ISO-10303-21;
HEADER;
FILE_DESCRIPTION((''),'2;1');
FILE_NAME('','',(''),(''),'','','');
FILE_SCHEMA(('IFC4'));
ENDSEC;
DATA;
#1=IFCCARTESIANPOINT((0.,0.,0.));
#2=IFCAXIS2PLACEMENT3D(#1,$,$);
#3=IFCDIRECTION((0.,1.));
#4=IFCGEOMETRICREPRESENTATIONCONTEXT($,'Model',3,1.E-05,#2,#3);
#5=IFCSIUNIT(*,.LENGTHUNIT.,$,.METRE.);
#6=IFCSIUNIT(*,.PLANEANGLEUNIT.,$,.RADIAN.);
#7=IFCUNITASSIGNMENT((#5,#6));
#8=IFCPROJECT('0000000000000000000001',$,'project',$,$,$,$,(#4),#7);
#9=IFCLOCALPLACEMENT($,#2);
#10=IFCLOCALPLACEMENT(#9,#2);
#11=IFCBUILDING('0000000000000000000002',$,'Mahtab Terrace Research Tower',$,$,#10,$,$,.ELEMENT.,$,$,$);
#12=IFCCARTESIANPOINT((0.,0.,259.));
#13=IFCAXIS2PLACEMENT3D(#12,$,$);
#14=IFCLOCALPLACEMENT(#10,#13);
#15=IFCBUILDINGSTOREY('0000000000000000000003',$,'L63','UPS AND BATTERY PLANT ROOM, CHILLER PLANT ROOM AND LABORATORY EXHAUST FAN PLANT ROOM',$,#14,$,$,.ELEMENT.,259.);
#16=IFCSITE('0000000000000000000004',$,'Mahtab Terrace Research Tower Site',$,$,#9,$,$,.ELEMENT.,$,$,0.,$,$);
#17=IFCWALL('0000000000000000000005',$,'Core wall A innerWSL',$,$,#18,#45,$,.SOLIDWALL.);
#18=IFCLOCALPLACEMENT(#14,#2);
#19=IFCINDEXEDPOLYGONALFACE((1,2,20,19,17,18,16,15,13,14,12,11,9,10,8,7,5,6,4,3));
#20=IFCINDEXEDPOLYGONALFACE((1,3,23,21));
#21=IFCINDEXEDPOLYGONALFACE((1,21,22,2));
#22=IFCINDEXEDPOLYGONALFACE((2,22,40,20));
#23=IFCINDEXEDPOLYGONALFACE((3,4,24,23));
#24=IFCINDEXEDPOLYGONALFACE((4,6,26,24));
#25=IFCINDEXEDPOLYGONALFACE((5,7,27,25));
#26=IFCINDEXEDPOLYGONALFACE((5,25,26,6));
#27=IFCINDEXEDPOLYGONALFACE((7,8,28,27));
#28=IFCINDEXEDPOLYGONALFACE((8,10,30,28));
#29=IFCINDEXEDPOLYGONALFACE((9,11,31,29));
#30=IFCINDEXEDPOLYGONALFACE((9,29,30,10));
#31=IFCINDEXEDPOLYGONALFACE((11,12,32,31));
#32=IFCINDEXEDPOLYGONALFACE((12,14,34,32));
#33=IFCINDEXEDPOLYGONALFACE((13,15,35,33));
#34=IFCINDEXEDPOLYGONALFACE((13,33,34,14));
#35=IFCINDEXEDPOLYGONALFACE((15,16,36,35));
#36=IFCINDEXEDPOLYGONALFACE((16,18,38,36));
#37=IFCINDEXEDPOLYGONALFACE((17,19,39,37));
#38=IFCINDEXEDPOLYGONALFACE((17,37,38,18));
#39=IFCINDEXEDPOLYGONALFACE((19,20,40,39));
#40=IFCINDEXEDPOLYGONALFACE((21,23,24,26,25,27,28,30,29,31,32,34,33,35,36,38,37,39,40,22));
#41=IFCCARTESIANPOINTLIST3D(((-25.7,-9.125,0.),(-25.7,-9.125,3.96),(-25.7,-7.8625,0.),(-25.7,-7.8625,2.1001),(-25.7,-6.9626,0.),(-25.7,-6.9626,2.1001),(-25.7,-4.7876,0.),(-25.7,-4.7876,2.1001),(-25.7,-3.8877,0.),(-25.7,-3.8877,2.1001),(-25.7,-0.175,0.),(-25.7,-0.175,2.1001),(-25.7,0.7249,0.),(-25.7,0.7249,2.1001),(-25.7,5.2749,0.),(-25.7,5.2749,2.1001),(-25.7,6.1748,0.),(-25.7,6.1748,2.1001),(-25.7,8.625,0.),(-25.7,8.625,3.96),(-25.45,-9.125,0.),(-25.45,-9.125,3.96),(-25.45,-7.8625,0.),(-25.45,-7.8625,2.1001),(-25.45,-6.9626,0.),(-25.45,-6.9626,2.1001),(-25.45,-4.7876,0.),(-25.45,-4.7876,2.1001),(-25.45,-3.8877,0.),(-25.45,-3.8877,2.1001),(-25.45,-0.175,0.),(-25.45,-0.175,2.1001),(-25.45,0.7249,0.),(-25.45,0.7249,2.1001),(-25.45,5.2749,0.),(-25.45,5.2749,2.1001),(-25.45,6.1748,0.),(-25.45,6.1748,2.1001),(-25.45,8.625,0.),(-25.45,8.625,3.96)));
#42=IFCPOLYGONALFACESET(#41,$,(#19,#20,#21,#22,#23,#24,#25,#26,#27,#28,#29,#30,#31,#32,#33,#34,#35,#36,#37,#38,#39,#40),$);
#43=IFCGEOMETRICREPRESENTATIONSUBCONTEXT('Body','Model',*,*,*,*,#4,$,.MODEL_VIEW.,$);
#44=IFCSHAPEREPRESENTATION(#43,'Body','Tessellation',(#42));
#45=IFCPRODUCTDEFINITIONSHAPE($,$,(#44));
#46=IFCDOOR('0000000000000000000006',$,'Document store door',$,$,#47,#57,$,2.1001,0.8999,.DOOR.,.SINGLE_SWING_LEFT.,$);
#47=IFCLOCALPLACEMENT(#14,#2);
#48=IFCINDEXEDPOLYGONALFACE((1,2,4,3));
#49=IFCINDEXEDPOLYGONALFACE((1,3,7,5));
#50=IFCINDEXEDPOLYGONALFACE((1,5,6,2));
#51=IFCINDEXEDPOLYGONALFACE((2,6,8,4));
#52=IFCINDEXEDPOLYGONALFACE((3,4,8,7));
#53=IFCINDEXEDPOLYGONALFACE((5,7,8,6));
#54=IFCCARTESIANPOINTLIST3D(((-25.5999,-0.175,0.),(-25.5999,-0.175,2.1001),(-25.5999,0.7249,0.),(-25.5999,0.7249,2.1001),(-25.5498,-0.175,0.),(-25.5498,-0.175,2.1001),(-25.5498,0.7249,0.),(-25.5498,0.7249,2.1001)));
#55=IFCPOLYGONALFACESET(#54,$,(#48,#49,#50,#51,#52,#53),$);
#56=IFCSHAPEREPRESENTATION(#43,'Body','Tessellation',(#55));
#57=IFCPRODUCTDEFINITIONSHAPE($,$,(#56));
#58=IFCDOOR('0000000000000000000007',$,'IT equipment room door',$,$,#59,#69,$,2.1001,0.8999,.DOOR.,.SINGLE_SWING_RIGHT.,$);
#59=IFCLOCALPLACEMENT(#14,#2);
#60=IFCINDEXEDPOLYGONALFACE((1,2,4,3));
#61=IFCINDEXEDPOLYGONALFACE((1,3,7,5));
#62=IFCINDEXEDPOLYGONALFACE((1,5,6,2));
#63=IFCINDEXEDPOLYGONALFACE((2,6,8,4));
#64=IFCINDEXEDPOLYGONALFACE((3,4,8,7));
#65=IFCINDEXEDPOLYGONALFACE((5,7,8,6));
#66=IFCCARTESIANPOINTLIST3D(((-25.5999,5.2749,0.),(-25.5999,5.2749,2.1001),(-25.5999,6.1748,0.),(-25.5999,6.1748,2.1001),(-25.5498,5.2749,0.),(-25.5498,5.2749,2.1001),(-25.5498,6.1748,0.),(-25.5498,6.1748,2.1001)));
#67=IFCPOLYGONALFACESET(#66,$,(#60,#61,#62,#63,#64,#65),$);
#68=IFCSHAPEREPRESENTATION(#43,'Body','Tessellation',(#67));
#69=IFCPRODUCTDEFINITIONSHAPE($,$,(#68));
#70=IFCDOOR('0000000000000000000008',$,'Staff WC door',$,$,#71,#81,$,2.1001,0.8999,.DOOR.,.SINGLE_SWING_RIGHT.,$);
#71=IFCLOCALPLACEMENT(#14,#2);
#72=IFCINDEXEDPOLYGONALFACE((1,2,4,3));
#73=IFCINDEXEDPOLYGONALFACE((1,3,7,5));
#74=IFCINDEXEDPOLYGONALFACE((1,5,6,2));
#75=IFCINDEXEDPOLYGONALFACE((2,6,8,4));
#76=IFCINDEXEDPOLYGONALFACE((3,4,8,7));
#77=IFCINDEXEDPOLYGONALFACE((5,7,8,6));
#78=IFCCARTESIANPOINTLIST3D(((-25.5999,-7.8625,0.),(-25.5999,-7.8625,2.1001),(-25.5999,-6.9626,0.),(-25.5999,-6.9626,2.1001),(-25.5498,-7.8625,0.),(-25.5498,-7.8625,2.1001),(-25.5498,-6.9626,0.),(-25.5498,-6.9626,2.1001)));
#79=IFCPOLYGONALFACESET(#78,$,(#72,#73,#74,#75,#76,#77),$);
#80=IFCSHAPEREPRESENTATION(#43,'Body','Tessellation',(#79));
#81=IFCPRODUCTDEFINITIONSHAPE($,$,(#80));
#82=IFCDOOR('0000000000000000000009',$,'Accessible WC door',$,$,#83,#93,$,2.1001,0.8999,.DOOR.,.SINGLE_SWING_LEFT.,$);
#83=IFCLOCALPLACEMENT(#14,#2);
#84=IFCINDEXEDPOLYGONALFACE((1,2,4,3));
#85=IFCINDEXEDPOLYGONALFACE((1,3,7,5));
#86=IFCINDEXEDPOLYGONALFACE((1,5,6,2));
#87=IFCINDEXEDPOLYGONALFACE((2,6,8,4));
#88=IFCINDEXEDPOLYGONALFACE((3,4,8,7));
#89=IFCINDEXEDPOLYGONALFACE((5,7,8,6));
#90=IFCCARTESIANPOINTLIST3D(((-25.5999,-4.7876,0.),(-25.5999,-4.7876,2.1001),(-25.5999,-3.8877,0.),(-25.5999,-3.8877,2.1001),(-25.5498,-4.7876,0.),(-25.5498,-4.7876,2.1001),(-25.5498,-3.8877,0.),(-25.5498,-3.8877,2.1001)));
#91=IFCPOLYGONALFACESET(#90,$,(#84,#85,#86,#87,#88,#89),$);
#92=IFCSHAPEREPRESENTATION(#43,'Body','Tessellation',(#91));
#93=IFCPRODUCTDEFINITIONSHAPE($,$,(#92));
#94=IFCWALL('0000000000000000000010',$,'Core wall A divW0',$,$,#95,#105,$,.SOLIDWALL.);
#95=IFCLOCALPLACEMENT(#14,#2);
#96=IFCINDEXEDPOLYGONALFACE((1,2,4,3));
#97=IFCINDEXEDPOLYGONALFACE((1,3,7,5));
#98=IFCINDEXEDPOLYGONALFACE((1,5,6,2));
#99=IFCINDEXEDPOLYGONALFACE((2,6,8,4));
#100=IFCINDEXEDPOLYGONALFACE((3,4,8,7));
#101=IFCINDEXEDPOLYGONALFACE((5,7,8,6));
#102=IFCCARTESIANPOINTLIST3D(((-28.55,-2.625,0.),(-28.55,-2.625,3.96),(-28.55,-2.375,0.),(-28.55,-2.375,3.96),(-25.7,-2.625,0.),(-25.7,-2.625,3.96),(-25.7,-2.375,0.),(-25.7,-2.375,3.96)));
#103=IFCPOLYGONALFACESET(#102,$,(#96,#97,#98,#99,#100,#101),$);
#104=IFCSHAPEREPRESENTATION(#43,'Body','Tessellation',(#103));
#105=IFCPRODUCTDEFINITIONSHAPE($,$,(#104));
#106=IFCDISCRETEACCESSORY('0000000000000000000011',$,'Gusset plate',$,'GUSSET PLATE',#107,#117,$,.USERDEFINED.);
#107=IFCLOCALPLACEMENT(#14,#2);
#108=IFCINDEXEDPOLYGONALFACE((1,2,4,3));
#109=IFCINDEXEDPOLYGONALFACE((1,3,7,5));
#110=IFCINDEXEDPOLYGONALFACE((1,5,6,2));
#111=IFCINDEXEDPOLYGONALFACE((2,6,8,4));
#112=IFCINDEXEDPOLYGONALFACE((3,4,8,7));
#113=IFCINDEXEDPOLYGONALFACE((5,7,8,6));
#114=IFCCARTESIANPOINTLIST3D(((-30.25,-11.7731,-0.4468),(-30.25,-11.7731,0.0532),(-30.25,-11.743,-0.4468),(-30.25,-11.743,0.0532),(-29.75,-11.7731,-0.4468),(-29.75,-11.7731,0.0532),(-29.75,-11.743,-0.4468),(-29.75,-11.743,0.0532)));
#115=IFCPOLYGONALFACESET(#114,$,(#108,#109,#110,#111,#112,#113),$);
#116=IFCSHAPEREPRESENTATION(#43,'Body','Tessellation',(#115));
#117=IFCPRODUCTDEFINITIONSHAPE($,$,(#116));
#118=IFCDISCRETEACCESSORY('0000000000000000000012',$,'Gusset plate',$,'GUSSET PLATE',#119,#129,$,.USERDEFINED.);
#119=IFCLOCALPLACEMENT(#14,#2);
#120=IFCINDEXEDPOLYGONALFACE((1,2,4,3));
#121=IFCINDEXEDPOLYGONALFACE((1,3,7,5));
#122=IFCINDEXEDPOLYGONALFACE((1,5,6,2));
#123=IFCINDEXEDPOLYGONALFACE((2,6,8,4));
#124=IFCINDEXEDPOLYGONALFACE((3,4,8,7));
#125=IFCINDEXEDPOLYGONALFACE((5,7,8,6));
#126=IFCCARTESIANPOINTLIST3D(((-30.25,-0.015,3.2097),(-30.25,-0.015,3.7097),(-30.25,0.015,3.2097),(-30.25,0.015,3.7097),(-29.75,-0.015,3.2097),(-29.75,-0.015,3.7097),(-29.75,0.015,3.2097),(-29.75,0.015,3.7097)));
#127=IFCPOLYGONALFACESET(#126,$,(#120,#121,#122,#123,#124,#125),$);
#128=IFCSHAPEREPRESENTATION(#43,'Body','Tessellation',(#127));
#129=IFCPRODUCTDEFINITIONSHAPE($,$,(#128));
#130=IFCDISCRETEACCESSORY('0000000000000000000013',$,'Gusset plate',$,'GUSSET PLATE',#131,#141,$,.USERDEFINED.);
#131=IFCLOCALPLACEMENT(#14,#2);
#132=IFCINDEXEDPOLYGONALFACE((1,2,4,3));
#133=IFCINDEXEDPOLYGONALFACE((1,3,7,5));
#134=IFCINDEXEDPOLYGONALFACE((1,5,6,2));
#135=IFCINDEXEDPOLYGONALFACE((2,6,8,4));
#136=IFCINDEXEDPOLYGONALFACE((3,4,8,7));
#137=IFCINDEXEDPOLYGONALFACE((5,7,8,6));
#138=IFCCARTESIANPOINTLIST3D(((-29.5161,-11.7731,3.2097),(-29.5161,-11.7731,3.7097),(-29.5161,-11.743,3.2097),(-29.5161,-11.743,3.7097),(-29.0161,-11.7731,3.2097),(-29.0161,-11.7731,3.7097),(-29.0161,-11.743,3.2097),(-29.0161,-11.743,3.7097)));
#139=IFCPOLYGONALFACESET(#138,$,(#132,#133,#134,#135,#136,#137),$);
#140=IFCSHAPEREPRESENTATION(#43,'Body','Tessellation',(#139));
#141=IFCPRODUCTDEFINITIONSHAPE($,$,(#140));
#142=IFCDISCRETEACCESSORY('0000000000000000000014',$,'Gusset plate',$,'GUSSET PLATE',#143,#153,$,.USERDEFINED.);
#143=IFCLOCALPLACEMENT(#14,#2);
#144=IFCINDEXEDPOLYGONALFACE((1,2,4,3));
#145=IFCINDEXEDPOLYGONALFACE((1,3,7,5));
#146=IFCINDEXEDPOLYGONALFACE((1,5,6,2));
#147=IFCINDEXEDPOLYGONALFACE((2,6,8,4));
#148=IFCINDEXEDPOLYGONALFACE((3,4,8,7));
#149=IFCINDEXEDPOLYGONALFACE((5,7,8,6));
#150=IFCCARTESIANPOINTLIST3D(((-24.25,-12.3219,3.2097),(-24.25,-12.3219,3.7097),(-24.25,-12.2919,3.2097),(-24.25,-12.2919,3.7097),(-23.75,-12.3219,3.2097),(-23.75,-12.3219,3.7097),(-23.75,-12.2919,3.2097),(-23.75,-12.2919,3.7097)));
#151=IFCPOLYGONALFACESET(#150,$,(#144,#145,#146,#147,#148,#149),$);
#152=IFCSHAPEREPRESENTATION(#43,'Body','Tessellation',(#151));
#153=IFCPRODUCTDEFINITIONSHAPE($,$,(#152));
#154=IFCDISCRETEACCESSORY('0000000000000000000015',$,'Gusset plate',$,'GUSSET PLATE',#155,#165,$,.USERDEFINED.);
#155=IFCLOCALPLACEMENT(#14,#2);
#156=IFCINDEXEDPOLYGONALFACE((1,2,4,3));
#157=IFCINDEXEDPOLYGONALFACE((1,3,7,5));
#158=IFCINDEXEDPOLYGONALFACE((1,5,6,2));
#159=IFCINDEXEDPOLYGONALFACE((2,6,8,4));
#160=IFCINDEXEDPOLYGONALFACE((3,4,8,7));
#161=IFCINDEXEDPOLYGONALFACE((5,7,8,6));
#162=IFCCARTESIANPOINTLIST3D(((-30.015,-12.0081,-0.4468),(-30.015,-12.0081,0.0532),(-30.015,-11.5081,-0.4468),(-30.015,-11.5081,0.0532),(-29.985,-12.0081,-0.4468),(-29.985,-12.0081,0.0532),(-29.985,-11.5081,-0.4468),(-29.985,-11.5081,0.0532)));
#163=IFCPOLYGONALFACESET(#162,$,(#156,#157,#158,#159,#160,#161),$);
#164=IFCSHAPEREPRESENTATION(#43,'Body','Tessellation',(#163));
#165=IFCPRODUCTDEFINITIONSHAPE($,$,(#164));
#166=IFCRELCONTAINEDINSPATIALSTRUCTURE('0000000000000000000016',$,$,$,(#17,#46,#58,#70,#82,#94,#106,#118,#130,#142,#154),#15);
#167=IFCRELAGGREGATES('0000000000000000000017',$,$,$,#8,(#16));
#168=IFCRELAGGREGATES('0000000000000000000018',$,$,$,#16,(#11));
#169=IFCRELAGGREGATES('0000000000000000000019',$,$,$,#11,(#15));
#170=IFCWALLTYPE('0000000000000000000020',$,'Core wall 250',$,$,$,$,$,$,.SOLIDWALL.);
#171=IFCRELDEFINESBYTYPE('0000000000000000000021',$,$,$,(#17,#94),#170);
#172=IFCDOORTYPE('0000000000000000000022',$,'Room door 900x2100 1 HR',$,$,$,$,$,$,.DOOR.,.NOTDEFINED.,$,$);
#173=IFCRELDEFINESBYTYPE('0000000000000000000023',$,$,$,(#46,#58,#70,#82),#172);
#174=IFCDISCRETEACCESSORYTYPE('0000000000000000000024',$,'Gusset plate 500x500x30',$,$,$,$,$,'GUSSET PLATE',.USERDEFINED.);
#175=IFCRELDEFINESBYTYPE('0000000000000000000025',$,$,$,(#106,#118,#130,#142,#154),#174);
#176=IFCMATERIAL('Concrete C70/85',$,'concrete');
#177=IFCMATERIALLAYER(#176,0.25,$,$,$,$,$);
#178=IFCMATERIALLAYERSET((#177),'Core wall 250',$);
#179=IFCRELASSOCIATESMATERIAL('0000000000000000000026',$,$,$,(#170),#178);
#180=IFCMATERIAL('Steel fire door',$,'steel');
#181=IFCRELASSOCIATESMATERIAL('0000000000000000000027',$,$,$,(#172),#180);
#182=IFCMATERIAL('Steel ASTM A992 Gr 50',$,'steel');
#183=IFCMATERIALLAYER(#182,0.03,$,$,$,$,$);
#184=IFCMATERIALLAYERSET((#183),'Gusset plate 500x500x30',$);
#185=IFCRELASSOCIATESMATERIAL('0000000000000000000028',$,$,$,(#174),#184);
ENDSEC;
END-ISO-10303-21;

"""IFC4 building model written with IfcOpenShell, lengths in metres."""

from ifc_helpers import new_model, si_unit, direction, frame, frame_2d, origin, origin_2d, place, context, subcontext, project, spatial, rectangle, extrude, material, layer, layer_set, type_object, element, fill, save


model = new_model("IFC4")

# Units and contexts
model_context = context("Model", 3, precision=1e-05, world=origin(), true_north=direction((0.0, 1.0)))
body_context = subcontext(model_context, "Body", "Model", "MODEL_VIEW")
ifc_project = project(units=[si_unit("LENGTHUNIT", "METRE"), si_unit("PLANEANGLEUNIT", "RADIAN")], contexts=[model_context])

# Site, building, storey
site_placement = place(None, origin())
site = spatial("IfcSite", under=ifc_project, at=site_placement, Name="Mahtab Terrace Research Tower Site", CompositionType="ELEMENT", RefElevation=0.0)
building_placement = place(site_placement, origin())
building = spatial("IfcBuilding", under=site, at=building_placement, Name="Mahtab Terrace Research Tower", CompositionType="ELEMENT")
storey_placement = place(building_placement, frame((0.0, 0.0, 259.0)))
storey = spatial("IfcBuildingStorey", under=building, at=storey_placement, Name="L63", Description="UPS AND BATTERY PLANT ROOM, CHILLER PLANT ROOM AND LABORATORY EXHAUST FAN PLANT ROOM", CompositionType="ELEMENT", Elevation=259.0)

# Shared definitions
ifc_material_1 = material(Name="Concrete C70/85", Category="concrete")

# Shared definitions
ifc_material_2 = material(Name="Steel ASTM A992 Gr 50", Category="steel")

# Shared definitions
ifc_layer_1 = layer(ifc_material_1, 0.25)
ifc_layer_set_1 = layer_set([ifc_layer_1], Name="Core wall 250")
wall_type_1 = type_object("IfcWallType", Name="Core wall 250", PredefinedType="SOLIDWALL", material=ifc_layer_set_1)

# Wall, openings, doors
wall_1_placement = place(storey_placement, frame((-25.575, -9.125, 0.0), z_axis=(0.0, 0.0, 1.0), x_axis=(0.0, 1.0, 0.0)))
wall_1 = element("IfcWall", 1, at=wall_1_placement, inside=storey, type_object=wall_type_1, Name="Core wall A innerWSL", PredefinedType="SOLIDWALL", context=body_context, shape_type="SweptSolid", body=[
    extrude(rectangle(XDim=17.75, YDim=0.25, at=frame_2d((8.875, 0.0))), origin(), (0.0, 0.0, 1.0), 3.96),
])
opening_1_placement = place(wall_1_placement, frame((8.95, 0.0, 0.0)))
opening_1 = element("IfcOpeningElement", 2, at=opening_1_placement, cuts=wall_1, PredefinedType="OPENING", context=body_context, shape_type="SweptSolid", body=[
    extrude(rectangle(XDim=0.8999, YDim=2.1001, at=frame_2d((0.45, 1.05))), frame((0.0, 0.135, 0.0), z_axis=(0.0, -1.0, 0.0), x_axis=(1.0, 0.0, 0.0)), (0.0, 0.0, 1.0), 0.27),
])
opening_2_placement = place(wall_1_placement, frame((14.3999, 0.0, 0.0)))
opening_2 = element("IfcOpeningElement", 3, at=opening_2_placement, cuts=wall_1, PredefinedType="OPENING", context=body_context, shape_type="SweptSolid", body=[
    extrude(rectangle(XDim=0.8999, YDim=2.1001, at=frame_2d((0.45, 1.05))), frame((0.0, 0.135, 0.0), z_axis=(0.0, -1.0, 0.0), x_axis=(1.0, 0.0, 0.0)), (0.0, 0.0, 1.0), 0.27),
])
opening_3_placement = place(wall_1_placement, frame((1.2625, 0.0, 0.0)))
opening_3 = element("IfcOpeningElement", 4, at=opening_3_placement, cuts=wall_1, PredefinedType="OPENING", context=body_context, shape_type="SweptSolid", body=[
    extrude(rectangle(XDim=0.8999, YDim=2.1001, at=frame_2d((0.45, 1.05))), frame((0.0, 0.135, 0.0), z_axis=(0.0, -1.0, 0.0), x_axis=(1.0, 0.0, 0.0)), (0.0, 0.0, 1.0), 0.27),
])
opening_4_placement = place(wall_1_placement, frame((4.3374, 0.0, 0.0)))
opening_4 = element("IfcOpeningElement", 5, at=opening_4_placement, cuts=wall_1, PredefinedType="OPENING", context=body_context, shape_type="SweptSolid", body=[
    extrude(rectangle(XDim=0.8999, YDim=2.1001, at=frame_2d((0.45, 1.05))), frame((0.0, 0.135, 0.0), z_axis=(0.0, -1.0, 0.0), x_axis=(1.0, 0.0, 0.0)), (0.0, 0.0, 1.0), 0.27),
])
ifc_material_3 = material(Name="Steel fire door", Category="steel")
door_type = type_object("IfcDoorType", Name="Room door 900x2100 1 HR", OperationType="NOTDEFINED", PredefinedType="DOOR", material=ifc_material_3)
door_1_placement = place(opening_1_placement, origin())
door_1 = element("IfcDoor", 6, at=door_1_placement, inside=storey, type_object=door_type, Name="Document store door", OperationType="SINGLE_SWING_LEFT", OverallHeight=2.1001, OverallWidth=0.8999, PredefinedType="DOOR", context=body_context, shape_type="SweptSolid", body=[
    extrude(rectangle(XDim=0.8999, YDim=2.1001, at=frame_2d((0.45, 1.05))), frame((0.0, 0.0249, 0.0), z_axis=(0.0, -1.0, 0.0), x_axis=(1.0, 0.0, 0.0)), (0.0, 0.0, 1.0), 0.05),
])
fill(opening_1, door_1)
door_2_placement = place(opening_2_placement, origin())
door_2 = element("IfcDoor", 7, at=door_2_placement, inside=storey, type_object=door_type, Name="IT equipment room door", OperationType="SINGLE_SWING_RIGHT", OverallHeight=2.1001, OverallWidth=0.8999, PredefinedType="DOOR", context=body_context, shape_type="SweptSolid", body=[
    extrude(rectangle(XDim=0.8999, YDim=2.1001, at=frame_2d((0.45, 1.05))), frame((0.0, 0.0249, 0.0), z_axis=(0.0, -1.0, 0.0), x_axis=(1.0, 0.0, 0.0)), (0.0, 0.0, 1.0), 0.05),
])
fill(opening_2, door_2)
door_3_placement = place(opening_3_placement, origin())
door_3 = element("IfcDoor", 8, at=door_3_placement, inside=storey, type_object=door_type, Name="Staff WC door", OperationType="SINGLE_SWING_RIGHT", OverallHeight=2.1001, OverallWidth=0.8999, PredefinedType="DOOR", context=body_context, shape_type="SweptSolid", body=[
    extrude(rectangle(XDim=0.8999, YDim=2.1001, at=frame_2d((0.45, 1.05))), frame((0.0, 0.0249, 0.0), z_axis=(0.0, -1.0, 0.0), x_axis=(1.0, 0.0, 0.0)), (0.0, 0.0, 1.0), 0.05),
])
fill(opening_3, door_3)
door_4_placement = place(opening_4_placement, origin())
door_4 = element("IfcDoor", 9, at=door_4_placement, inside=storey, type_object=door_type, Name="Accessible WC door", OperationType="SINGLE_SWING_LEFT", OverallHeight=2.1001, OverallWidth=0.8999, PredefinedType="DOOR", context=body_context, shape_type="SweptSolid", body=[
    extrude(rectangle(XDim=0.8999, YDim=2.1001, at=frame_2d((0.45, 1.05))), frame((0.0, 0.0249, 0.0), z_axis=(0.0, -1.0, 0.0), x_axis=(1.0, 0.0, 0.0)), (0.0, 0.0, 1.0), 0.05),
])
fill(opening_4, door_4)

# Wall
wall_2_placement = place(storey_placement, frame((-28.55, -2.5, 0.0), z_axis=(0.0, 0.0, 1.0), x_axis=(1.0, 0.0, 0.0)))
element("IfcWall", 10, at=wall_2_placement, inside=storey, type_object=wall_type_1, Name="Core wall A divW0", PredefinedType="SOLIDWALL", context=body_context, shape_type="SweptSolid", body=[
    extrude(rectangle(XDim=2.8501, YDim=0.25, at=frame_2d((1.425, 0.0))), origin(), (0.0, 0.0, 1.0), 3.96),
])

# Discrete accessories
ifc_layer_2 = layer(ifc_material_2, 0.03)
ifc_layer_set_2 = layer_set([ifc_layer_2], Name="Gusset plate 500x500x30")
discrete_accessory_type = type_object("IfcDiscreteAccessoryType", Name="Gusset plate 500x500x30", ElementType="GUSSET PLATE", PredefinedType="USERDEFINED", material=ifc_layer_set_2)
for number, where, z_axis, x_axis, name in (
    (11, (-30.0, -11.7581, -0.4468), (0.0, 0.0, 1.0), (1.0, 0.0, 0.0), "Gusset plate"),
    (12, (-30.0, 0.0, 3.2097), (0.0, 0.0, 1.0), (1.0, 0.0, 0.0), "Gusset plate"),
    (13, (-29.2661, -11.7581, 3.2097), (0.0, 0.0, 1.0), (1.0, 0.0, 0.0), "Gusset plate"),
    (14, (-24.0, -12.3069, 3.2097), (0.0, 0.0, 1.0), (1.0, 0.0, 0.0), "Gusset plate"),
    (15, (-30.0, -11.7581, -0.4468), (0.0, 0.0, 1.0), (0.0, 1.0, 0.0), "Gusset plate"),
):
    element("IfcDiscreteAccessory", number, at=place(storey_placement, frame(where, z_axis=z_axis, x_axis=x_axis)), inside=storey, type_object=discrete_accessory_type, Name=name, ObjectType="GUSSET PLATE", PredefinedType="USERDEFINED", context=body_context, shape_type="SweptSolid", body=[
        extrude(rectangle(XDim=0.5, YDim=0.03, at=origin_2d()), origin(), (0.0, 0.0, 1.0), 0.5),
    ])

save(model, "model.ifc")
